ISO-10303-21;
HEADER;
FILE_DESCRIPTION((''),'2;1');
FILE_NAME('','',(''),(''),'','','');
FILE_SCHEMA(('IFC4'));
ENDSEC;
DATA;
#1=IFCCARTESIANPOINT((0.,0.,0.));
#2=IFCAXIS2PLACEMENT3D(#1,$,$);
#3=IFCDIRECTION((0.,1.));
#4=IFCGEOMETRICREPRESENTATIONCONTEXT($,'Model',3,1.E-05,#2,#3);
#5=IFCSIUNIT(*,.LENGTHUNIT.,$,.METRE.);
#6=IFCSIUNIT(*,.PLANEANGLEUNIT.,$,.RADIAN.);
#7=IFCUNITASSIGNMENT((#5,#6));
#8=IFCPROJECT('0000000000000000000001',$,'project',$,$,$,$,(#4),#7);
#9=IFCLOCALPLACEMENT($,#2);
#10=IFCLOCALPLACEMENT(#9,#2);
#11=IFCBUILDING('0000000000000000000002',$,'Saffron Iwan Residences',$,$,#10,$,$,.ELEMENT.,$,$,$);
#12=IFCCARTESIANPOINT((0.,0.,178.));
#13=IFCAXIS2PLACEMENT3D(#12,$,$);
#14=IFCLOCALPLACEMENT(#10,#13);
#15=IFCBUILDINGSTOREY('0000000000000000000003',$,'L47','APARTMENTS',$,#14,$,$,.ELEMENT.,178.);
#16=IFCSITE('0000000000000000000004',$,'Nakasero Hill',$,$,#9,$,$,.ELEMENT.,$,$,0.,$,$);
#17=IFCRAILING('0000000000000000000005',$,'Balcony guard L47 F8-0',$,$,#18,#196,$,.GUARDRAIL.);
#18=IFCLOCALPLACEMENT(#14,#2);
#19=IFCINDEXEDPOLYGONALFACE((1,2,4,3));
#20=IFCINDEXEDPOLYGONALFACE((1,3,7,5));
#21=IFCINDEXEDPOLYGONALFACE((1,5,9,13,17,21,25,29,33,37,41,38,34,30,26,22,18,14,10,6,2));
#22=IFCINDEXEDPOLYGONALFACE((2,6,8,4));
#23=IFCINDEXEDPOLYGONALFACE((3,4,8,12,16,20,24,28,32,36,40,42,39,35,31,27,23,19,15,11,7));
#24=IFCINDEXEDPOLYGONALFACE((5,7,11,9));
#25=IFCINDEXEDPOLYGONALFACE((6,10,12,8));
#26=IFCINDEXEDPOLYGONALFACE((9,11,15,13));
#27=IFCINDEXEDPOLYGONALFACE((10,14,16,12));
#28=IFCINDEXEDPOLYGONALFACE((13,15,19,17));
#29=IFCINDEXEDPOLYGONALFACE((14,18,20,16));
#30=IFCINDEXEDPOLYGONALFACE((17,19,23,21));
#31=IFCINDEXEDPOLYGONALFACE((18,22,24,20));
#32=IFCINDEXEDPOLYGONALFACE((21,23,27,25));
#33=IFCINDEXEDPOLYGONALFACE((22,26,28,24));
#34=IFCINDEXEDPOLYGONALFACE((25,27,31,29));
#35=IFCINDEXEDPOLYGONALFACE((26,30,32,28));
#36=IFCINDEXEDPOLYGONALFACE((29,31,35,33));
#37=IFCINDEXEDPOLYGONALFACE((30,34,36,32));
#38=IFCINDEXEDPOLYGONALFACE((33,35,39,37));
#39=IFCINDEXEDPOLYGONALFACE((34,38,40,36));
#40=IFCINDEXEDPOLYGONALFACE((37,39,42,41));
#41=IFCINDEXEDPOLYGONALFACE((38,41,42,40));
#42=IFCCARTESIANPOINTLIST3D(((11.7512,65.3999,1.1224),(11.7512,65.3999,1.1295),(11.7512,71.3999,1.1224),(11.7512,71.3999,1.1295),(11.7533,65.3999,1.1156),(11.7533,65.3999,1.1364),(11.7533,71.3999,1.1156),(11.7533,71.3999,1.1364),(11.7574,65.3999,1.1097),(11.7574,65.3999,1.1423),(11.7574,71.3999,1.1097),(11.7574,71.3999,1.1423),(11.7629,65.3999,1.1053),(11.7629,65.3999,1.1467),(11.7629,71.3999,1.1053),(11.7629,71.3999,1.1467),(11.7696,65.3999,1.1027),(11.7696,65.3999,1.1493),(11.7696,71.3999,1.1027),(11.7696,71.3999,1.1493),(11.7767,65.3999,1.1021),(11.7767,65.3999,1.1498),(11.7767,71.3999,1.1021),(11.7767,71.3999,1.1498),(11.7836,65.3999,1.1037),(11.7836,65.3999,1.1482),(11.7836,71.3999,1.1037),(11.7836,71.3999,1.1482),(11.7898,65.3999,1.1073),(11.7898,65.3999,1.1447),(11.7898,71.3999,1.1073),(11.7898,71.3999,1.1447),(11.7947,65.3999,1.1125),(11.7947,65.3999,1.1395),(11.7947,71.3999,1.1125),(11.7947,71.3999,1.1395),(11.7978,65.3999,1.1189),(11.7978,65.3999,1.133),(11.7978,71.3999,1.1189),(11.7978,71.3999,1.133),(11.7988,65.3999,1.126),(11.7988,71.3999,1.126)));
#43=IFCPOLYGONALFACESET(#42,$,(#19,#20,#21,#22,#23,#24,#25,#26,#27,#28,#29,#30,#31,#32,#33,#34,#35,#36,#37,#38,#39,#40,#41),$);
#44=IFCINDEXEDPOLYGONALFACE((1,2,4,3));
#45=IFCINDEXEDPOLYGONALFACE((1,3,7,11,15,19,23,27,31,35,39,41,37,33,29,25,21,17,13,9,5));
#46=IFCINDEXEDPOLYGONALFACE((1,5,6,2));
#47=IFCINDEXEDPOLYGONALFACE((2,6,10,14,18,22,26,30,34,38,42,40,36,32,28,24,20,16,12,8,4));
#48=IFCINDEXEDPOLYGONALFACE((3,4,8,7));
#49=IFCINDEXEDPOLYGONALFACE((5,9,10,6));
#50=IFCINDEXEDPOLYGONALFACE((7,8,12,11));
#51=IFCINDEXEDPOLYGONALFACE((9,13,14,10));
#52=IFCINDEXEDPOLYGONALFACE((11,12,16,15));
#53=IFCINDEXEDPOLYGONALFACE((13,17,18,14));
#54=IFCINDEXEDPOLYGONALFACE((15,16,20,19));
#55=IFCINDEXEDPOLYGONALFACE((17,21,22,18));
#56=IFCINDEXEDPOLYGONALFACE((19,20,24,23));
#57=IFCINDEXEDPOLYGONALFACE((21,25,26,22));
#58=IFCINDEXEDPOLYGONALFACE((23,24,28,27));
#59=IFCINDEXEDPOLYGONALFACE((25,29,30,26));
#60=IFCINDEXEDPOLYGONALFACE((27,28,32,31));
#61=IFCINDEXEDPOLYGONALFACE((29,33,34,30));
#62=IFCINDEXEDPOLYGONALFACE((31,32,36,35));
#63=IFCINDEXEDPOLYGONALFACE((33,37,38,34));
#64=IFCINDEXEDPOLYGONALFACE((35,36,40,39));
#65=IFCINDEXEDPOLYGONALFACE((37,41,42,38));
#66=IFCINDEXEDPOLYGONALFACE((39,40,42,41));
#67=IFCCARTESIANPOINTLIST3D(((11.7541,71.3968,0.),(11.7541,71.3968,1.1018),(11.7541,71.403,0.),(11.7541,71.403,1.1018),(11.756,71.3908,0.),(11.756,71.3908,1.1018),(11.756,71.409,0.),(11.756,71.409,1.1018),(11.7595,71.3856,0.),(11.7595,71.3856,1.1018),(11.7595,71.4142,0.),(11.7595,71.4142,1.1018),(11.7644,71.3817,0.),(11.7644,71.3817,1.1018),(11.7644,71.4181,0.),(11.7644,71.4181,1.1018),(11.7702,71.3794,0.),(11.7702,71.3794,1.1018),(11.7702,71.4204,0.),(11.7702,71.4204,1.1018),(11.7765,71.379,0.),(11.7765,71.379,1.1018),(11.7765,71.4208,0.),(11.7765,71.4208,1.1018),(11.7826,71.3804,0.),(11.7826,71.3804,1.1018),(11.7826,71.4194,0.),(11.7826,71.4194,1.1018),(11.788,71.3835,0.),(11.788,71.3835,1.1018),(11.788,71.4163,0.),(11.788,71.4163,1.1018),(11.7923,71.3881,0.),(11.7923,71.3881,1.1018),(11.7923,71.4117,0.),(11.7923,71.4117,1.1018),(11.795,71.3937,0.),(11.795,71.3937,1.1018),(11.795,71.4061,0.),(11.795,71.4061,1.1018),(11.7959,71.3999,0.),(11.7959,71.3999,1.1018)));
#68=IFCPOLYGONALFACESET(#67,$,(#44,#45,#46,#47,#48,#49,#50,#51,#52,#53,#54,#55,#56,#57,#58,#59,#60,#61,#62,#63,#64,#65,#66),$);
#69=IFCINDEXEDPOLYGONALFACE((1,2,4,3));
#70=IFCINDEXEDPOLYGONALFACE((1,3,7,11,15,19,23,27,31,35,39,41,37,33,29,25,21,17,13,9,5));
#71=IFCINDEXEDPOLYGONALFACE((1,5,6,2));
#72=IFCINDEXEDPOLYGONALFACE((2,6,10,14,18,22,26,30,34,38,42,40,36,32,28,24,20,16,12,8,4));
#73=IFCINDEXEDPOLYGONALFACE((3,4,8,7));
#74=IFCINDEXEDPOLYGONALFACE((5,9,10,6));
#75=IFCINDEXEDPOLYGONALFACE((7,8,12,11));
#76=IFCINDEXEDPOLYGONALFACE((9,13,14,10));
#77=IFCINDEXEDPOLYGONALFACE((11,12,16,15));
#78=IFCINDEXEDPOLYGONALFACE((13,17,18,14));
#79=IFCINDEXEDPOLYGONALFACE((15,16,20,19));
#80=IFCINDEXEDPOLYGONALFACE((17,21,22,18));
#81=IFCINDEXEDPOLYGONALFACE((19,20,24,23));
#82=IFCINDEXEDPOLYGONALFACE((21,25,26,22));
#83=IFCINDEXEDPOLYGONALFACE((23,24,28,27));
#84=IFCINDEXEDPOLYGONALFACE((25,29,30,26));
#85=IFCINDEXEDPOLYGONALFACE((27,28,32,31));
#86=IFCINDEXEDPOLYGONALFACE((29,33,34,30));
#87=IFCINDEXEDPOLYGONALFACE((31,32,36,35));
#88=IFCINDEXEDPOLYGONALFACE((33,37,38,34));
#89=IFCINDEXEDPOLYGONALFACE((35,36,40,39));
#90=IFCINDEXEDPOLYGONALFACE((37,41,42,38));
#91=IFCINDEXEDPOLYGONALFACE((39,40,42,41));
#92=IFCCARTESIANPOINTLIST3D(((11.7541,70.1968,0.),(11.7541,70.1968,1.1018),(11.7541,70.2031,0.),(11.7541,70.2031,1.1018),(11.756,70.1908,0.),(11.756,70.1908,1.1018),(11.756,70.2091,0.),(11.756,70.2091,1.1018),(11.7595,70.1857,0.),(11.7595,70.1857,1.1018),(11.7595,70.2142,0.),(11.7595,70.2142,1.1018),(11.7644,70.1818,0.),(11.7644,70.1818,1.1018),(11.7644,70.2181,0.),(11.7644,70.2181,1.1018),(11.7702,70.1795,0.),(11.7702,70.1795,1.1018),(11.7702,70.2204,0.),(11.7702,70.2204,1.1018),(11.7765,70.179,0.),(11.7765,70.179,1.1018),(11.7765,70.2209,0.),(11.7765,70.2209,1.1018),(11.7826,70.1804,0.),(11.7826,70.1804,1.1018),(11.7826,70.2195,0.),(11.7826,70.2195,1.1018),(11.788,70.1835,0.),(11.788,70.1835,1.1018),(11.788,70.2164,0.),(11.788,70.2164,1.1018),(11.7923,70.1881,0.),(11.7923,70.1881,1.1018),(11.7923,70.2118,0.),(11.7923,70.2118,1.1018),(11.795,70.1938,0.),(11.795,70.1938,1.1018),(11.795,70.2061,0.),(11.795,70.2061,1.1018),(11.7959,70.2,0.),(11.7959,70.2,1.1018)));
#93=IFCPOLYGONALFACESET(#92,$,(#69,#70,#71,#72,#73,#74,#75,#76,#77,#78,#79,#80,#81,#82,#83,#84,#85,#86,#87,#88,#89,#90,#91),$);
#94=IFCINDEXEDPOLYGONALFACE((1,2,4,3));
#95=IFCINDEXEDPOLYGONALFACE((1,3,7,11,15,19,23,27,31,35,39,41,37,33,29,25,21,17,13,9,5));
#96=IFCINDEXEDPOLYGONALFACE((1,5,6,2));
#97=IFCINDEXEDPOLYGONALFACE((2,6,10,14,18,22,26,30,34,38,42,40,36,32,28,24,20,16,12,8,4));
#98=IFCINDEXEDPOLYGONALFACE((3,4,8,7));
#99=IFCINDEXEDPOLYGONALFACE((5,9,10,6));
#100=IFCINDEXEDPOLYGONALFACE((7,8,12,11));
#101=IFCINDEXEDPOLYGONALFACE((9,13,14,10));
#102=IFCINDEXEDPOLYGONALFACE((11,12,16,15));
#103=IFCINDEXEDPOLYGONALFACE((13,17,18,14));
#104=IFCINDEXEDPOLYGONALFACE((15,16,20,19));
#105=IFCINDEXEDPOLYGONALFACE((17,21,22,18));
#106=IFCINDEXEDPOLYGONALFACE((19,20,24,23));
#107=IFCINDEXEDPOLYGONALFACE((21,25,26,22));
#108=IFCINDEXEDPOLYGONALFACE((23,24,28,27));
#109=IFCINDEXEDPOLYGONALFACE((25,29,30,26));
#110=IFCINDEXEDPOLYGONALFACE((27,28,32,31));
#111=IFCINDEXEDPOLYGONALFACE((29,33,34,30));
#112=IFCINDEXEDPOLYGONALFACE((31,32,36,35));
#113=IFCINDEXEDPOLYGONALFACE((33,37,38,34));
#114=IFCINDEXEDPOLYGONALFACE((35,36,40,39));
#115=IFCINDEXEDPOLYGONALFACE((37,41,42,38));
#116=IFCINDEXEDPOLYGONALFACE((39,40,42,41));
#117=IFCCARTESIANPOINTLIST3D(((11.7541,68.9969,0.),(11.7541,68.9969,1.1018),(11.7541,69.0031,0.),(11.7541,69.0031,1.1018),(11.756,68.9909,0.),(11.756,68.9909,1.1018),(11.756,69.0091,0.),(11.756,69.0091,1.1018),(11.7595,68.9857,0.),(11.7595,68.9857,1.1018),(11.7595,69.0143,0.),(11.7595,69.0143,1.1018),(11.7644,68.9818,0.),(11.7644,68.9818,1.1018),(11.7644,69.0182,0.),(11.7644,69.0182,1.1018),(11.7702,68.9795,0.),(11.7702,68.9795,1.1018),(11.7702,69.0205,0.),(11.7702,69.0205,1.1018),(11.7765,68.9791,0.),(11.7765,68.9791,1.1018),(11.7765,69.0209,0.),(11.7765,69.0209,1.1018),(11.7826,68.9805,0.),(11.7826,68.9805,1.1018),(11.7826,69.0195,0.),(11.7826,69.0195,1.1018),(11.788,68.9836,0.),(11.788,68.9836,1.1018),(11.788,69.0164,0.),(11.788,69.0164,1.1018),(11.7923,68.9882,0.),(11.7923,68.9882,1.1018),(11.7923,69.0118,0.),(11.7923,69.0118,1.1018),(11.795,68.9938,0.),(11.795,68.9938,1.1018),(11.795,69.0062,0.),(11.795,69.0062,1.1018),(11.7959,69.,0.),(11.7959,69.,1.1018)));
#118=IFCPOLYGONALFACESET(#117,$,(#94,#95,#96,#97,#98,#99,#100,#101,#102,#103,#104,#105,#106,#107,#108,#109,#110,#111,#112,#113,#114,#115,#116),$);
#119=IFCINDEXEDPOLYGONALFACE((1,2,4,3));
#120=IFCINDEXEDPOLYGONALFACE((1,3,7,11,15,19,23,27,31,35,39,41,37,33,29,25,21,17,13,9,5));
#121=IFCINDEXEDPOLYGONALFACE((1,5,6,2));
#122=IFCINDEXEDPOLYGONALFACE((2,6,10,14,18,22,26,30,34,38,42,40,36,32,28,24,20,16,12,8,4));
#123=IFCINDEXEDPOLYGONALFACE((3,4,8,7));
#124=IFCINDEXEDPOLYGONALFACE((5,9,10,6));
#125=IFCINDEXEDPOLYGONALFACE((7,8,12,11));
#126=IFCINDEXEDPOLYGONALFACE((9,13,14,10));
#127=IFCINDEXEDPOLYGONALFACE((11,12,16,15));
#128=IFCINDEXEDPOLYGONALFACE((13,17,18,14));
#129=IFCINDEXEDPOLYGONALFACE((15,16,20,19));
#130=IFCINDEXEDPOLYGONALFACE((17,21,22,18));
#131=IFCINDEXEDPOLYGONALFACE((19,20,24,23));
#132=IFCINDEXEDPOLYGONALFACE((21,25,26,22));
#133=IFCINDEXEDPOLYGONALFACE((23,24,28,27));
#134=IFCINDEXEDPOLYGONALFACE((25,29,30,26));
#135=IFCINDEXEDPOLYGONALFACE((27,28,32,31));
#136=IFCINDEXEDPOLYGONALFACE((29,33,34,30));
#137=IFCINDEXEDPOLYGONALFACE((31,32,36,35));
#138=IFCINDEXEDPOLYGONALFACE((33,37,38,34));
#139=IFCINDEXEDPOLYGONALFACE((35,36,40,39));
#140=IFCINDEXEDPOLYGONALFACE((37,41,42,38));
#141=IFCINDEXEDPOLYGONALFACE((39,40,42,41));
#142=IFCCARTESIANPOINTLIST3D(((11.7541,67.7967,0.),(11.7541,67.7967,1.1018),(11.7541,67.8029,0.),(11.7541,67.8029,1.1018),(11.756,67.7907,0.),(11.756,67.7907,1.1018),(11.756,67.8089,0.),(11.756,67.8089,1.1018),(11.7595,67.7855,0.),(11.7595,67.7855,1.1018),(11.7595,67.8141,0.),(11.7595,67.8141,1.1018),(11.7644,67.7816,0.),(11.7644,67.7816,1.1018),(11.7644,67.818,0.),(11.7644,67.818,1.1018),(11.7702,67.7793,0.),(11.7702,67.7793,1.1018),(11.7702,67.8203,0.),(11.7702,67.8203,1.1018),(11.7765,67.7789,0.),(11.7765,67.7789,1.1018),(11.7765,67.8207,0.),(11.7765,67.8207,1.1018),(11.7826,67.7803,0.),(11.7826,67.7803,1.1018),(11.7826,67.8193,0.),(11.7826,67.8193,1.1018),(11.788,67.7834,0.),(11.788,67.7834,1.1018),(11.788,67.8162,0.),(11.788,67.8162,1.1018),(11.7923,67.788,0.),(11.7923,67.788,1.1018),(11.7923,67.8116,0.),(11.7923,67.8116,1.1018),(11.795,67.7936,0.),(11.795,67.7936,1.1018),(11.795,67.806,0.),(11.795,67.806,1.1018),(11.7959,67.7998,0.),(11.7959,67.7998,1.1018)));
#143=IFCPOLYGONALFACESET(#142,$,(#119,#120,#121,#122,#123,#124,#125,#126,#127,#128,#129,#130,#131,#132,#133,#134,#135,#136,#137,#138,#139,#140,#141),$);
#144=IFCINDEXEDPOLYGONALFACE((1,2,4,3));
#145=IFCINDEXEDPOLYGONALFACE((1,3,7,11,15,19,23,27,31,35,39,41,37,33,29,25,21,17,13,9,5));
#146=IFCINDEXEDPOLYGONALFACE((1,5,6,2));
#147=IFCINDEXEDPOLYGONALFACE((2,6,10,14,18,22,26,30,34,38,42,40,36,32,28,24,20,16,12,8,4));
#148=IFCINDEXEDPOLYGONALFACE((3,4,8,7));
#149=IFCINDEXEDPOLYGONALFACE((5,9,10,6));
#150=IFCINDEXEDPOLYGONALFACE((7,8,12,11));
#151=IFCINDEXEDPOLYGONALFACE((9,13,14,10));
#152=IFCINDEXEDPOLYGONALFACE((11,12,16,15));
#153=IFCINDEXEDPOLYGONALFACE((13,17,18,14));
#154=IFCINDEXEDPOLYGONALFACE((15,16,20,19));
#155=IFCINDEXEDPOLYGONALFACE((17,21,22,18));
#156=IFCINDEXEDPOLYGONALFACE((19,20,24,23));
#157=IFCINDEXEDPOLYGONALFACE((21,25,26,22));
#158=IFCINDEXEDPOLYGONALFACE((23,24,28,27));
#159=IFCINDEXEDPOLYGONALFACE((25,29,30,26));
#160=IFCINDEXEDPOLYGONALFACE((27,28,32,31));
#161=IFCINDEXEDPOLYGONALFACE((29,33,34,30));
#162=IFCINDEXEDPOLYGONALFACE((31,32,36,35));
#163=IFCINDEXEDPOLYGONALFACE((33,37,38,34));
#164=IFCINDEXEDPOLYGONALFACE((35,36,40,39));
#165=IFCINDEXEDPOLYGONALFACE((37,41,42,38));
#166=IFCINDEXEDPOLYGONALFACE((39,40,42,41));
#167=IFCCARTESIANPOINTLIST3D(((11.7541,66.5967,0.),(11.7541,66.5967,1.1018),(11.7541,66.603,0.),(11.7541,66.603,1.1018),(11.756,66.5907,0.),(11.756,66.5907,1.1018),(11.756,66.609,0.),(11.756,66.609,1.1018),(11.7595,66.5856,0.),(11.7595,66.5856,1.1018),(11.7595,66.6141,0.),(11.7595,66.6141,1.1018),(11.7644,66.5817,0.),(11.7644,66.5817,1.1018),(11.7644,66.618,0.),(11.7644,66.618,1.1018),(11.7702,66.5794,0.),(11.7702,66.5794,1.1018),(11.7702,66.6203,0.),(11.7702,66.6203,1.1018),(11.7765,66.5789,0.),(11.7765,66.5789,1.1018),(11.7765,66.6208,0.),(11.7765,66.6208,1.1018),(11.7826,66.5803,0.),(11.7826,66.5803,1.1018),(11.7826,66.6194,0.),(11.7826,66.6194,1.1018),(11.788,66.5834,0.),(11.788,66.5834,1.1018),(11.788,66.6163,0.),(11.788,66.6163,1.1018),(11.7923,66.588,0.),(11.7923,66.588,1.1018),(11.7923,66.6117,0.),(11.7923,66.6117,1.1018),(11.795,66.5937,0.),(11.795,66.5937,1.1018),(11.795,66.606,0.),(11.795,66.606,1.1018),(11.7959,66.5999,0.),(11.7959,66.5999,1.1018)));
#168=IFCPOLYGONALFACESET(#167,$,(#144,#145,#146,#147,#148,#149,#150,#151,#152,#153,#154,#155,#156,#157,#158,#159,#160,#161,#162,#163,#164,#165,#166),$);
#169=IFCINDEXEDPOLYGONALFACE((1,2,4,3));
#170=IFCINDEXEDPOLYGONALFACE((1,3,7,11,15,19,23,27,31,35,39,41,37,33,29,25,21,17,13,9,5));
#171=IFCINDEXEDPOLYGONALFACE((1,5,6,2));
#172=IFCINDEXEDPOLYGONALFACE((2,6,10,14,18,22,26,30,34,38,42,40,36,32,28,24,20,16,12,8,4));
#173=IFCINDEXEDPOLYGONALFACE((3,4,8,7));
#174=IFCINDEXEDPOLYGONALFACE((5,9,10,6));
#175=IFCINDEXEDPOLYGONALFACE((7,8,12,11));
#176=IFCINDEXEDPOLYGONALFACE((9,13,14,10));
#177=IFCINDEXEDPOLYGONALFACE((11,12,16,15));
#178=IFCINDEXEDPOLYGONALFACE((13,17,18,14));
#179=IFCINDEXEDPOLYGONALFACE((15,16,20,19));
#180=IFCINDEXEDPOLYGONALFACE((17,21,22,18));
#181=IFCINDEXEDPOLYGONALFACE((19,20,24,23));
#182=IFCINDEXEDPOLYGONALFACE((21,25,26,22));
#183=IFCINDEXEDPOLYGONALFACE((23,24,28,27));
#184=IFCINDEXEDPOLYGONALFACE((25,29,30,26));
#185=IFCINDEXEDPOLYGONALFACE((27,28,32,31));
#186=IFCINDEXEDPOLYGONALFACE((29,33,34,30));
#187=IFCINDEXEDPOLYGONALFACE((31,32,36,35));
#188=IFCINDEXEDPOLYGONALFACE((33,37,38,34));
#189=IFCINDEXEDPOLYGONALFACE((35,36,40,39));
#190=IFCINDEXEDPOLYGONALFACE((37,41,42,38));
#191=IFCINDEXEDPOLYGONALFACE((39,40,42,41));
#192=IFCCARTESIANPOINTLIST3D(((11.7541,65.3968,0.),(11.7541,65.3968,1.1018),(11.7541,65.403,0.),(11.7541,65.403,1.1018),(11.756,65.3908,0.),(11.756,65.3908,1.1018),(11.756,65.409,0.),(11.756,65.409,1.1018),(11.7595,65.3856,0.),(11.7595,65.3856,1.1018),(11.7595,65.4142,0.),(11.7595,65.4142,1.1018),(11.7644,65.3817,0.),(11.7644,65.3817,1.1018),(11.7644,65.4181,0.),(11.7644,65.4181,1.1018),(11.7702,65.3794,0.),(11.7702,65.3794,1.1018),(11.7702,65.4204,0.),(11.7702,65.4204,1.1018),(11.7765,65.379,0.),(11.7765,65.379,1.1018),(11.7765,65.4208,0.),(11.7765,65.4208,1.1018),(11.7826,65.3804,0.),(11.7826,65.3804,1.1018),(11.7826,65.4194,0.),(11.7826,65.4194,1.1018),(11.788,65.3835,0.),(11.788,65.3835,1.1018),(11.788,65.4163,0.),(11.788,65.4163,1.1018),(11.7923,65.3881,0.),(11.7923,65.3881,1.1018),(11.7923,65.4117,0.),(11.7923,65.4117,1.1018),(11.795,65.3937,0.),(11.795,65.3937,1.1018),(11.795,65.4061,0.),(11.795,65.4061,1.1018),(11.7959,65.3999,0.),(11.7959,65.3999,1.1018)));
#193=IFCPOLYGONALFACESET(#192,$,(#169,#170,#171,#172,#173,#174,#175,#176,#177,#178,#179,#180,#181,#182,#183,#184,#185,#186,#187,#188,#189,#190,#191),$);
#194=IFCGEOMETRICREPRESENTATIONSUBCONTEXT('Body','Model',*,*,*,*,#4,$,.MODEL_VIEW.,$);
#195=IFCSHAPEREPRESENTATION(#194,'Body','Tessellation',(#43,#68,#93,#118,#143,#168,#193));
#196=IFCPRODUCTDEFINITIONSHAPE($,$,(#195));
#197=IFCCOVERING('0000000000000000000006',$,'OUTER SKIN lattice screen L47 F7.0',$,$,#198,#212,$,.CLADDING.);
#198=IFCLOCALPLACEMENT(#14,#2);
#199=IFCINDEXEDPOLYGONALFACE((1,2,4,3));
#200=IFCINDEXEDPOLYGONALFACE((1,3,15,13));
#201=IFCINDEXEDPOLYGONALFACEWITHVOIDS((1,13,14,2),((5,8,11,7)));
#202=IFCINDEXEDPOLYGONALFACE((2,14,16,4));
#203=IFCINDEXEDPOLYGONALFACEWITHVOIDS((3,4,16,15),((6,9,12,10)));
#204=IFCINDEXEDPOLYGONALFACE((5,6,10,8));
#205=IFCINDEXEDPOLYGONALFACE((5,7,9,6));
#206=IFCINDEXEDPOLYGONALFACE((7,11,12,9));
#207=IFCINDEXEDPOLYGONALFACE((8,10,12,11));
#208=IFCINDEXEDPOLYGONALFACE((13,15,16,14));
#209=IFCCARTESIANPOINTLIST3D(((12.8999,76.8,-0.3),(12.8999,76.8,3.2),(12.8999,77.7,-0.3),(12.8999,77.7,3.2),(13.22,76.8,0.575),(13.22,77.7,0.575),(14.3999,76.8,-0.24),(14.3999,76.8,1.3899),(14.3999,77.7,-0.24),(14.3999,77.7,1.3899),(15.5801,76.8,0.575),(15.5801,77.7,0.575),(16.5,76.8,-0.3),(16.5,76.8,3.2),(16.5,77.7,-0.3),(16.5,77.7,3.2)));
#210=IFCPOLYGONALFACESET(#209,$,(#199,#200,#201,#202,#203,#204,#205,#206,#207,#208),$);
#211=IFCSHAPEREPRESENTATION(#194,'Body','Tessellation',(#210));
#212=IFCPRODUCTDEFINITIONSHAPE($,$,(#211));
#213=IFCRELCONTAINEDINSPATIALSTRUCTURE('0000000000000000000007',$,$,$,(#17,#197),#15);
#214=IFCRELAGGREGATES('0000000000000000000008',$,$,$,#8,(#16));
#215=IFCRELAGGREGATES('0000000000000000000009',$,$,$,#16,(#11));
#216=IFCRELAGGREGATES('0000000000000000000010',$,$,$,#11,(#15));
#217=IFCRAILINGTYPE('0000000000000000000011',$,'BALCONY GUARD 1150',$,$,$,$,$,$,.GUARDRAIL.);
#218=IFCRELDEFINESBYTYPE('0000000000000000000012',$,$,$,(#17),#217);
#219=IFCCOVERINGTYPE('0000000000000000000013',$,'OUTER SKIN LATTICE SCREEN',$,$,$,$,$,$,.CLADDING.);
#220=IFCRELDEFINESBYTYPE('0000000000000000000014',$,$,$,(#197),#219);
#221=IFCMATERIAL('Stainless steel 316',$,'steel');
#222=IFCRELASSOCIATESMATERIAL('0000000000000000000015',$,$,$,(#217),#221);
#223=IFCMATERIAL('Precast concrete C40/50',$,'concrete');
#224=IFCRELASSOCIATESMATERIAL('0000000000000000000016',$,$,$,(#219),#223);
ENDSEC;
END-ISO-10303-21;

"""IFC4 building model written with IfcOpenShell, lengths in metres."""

from ifc_helpers import new_model, si_unit, direction, frame, origin, origin_2d, place, context, subcontext, project, spatial, polyline, circle, outline, extrude, material, type_object, element, save


model = new_model("IFC4")

# Units and contexts
model_context = context("Model", 3, precision=1e-05, world=origin(), true_north=direction((0.0, 1.0)))
body_context = subcontext(model_context, "Body", "Model", "MODEL_VIEW")
ifc_project = project(units=[si_unit("LENGTHUNIT", "METRE"), si_unit("PLANEANGLEUNIT", "RADIAN")], contexts=[model_context])

# Site, building, storey
site_placement = place(None, origin())
site = spatial("IfcSite", under=ifc_project, at=site_placement, Name="Nakasero Hill", CompositionType="ELEMENT", RefElevation=0.0)
building_placement = place(site_placement, origin())
building = spatial("IfcBuilding", under=site, at=building_placement, Name="Saffron Iwan Residences", CompositionType="ELEMENT")
storey_placement = place(building_placement, frame((0.0, 0.0, 178.0)))
storey = spatial("IfcBuildingStorey", under=building, at=storey_placement, Name="L47", Description="APARTMENTS", CompositionType="ELEMENT", Elevation=178.0)

# Railing
ifc_material_1 = material(Name="Stainless steel 316", Category="steel")
railing_type = type_object("IfcRailingType", Name="BALCONY GUARD 1150", PredefinedType="GUARDRAIL", material=ifc_material_1)
railing_placement = place(storey_placement, frame((11.7749, 71.3999, 0.0)))
element("IfcRailing", 1, at=railing_placement, inside=storey, type_object=railing_type, Name="Balcony guard L47 F8-0", PredefinedType="GUARDRAIL", context=body_context, shape_type="SweptSolid", body=[
    extrude(circle(Radius=0.0239, at=origin_2d()), frame((0.0, 0.0, 1.126), z_axis=(0.0, -1.0, 0.0), x_axis=(1.0, 0.0, 0.0)), (0.0, 0.0, 1.0), 6.0),
    extrude(circle(Radius=0.021, at=origin_2d()), origin(), (0.0, 0.0, 1.0), 1.1018),
    extrude(circle(Radius=0.021, at=origin_2d()), frame((0.0, -1.2, 0.0)), (0.0, 0.0, 1.0), 1.1018),
    extrude(circle(Radius=0.021, at=origin_2d()), frame((0.0, -2.3999, 0.0)), (0.0, 0.0, 1.0), 1.1018),
    extrude(circle(Radius=0.021, at=origin_2d()), frame((0.0, -3.6001, 0.0)), (0.0, 0.0, 1.0), 1.1018),
    extrude(circle(Radius=0.021, at=origin_2d()), frame((0.0, -4.8, 0.0)), (0.0, 0.0, 1.0), 1.1018),
    extrude(circle(Radius=0.021, at=origin_2d()), frame((0.0, -6.0, 0.0)), (0.0, 0.0, 1.0), 1.1018),
])

# Covering
ifc_material_2 = material(Name="Precast concrete C40/50", Category="concrete")
covering_type_1 = type_object("IfcCoveringType", Name="OUTER SKIN LATTICE SCREEN", PredefinedType="CLADDING", material=ifc_material_2)
covering_1_placement = place(storey_placement, frame((16.5, 76.8, -0.3), z_axis=(0.0, 1.0, 0.0), x_axis=(-1.0, 0.0, 0.0)))
element("IfcCovering", 2, at=covering_1_placement, inside=storey, type_object=covering_type_1, Name="OUTER SKIN lattice screen L47 F7.0", PredefinedType="CLADDING", context=body_context, shape_type="SweptSolid", body=[
    extrude(outline(polyline([(0.0, 0.0), (3.6001, 0.0), (3.6001, 3.5), (0.0, 3.5), (0.0, 0.0)]), holes=[polyline([(0.9199, 0.875), (2.1001, 0.0601), (3.28, 0.875), (2.1001, 1.6899), (0.9199, 0.875)])]), origin(), (0.0, 0.0, 1.0), 0.8999),
])

save(model, "model.ifc")
